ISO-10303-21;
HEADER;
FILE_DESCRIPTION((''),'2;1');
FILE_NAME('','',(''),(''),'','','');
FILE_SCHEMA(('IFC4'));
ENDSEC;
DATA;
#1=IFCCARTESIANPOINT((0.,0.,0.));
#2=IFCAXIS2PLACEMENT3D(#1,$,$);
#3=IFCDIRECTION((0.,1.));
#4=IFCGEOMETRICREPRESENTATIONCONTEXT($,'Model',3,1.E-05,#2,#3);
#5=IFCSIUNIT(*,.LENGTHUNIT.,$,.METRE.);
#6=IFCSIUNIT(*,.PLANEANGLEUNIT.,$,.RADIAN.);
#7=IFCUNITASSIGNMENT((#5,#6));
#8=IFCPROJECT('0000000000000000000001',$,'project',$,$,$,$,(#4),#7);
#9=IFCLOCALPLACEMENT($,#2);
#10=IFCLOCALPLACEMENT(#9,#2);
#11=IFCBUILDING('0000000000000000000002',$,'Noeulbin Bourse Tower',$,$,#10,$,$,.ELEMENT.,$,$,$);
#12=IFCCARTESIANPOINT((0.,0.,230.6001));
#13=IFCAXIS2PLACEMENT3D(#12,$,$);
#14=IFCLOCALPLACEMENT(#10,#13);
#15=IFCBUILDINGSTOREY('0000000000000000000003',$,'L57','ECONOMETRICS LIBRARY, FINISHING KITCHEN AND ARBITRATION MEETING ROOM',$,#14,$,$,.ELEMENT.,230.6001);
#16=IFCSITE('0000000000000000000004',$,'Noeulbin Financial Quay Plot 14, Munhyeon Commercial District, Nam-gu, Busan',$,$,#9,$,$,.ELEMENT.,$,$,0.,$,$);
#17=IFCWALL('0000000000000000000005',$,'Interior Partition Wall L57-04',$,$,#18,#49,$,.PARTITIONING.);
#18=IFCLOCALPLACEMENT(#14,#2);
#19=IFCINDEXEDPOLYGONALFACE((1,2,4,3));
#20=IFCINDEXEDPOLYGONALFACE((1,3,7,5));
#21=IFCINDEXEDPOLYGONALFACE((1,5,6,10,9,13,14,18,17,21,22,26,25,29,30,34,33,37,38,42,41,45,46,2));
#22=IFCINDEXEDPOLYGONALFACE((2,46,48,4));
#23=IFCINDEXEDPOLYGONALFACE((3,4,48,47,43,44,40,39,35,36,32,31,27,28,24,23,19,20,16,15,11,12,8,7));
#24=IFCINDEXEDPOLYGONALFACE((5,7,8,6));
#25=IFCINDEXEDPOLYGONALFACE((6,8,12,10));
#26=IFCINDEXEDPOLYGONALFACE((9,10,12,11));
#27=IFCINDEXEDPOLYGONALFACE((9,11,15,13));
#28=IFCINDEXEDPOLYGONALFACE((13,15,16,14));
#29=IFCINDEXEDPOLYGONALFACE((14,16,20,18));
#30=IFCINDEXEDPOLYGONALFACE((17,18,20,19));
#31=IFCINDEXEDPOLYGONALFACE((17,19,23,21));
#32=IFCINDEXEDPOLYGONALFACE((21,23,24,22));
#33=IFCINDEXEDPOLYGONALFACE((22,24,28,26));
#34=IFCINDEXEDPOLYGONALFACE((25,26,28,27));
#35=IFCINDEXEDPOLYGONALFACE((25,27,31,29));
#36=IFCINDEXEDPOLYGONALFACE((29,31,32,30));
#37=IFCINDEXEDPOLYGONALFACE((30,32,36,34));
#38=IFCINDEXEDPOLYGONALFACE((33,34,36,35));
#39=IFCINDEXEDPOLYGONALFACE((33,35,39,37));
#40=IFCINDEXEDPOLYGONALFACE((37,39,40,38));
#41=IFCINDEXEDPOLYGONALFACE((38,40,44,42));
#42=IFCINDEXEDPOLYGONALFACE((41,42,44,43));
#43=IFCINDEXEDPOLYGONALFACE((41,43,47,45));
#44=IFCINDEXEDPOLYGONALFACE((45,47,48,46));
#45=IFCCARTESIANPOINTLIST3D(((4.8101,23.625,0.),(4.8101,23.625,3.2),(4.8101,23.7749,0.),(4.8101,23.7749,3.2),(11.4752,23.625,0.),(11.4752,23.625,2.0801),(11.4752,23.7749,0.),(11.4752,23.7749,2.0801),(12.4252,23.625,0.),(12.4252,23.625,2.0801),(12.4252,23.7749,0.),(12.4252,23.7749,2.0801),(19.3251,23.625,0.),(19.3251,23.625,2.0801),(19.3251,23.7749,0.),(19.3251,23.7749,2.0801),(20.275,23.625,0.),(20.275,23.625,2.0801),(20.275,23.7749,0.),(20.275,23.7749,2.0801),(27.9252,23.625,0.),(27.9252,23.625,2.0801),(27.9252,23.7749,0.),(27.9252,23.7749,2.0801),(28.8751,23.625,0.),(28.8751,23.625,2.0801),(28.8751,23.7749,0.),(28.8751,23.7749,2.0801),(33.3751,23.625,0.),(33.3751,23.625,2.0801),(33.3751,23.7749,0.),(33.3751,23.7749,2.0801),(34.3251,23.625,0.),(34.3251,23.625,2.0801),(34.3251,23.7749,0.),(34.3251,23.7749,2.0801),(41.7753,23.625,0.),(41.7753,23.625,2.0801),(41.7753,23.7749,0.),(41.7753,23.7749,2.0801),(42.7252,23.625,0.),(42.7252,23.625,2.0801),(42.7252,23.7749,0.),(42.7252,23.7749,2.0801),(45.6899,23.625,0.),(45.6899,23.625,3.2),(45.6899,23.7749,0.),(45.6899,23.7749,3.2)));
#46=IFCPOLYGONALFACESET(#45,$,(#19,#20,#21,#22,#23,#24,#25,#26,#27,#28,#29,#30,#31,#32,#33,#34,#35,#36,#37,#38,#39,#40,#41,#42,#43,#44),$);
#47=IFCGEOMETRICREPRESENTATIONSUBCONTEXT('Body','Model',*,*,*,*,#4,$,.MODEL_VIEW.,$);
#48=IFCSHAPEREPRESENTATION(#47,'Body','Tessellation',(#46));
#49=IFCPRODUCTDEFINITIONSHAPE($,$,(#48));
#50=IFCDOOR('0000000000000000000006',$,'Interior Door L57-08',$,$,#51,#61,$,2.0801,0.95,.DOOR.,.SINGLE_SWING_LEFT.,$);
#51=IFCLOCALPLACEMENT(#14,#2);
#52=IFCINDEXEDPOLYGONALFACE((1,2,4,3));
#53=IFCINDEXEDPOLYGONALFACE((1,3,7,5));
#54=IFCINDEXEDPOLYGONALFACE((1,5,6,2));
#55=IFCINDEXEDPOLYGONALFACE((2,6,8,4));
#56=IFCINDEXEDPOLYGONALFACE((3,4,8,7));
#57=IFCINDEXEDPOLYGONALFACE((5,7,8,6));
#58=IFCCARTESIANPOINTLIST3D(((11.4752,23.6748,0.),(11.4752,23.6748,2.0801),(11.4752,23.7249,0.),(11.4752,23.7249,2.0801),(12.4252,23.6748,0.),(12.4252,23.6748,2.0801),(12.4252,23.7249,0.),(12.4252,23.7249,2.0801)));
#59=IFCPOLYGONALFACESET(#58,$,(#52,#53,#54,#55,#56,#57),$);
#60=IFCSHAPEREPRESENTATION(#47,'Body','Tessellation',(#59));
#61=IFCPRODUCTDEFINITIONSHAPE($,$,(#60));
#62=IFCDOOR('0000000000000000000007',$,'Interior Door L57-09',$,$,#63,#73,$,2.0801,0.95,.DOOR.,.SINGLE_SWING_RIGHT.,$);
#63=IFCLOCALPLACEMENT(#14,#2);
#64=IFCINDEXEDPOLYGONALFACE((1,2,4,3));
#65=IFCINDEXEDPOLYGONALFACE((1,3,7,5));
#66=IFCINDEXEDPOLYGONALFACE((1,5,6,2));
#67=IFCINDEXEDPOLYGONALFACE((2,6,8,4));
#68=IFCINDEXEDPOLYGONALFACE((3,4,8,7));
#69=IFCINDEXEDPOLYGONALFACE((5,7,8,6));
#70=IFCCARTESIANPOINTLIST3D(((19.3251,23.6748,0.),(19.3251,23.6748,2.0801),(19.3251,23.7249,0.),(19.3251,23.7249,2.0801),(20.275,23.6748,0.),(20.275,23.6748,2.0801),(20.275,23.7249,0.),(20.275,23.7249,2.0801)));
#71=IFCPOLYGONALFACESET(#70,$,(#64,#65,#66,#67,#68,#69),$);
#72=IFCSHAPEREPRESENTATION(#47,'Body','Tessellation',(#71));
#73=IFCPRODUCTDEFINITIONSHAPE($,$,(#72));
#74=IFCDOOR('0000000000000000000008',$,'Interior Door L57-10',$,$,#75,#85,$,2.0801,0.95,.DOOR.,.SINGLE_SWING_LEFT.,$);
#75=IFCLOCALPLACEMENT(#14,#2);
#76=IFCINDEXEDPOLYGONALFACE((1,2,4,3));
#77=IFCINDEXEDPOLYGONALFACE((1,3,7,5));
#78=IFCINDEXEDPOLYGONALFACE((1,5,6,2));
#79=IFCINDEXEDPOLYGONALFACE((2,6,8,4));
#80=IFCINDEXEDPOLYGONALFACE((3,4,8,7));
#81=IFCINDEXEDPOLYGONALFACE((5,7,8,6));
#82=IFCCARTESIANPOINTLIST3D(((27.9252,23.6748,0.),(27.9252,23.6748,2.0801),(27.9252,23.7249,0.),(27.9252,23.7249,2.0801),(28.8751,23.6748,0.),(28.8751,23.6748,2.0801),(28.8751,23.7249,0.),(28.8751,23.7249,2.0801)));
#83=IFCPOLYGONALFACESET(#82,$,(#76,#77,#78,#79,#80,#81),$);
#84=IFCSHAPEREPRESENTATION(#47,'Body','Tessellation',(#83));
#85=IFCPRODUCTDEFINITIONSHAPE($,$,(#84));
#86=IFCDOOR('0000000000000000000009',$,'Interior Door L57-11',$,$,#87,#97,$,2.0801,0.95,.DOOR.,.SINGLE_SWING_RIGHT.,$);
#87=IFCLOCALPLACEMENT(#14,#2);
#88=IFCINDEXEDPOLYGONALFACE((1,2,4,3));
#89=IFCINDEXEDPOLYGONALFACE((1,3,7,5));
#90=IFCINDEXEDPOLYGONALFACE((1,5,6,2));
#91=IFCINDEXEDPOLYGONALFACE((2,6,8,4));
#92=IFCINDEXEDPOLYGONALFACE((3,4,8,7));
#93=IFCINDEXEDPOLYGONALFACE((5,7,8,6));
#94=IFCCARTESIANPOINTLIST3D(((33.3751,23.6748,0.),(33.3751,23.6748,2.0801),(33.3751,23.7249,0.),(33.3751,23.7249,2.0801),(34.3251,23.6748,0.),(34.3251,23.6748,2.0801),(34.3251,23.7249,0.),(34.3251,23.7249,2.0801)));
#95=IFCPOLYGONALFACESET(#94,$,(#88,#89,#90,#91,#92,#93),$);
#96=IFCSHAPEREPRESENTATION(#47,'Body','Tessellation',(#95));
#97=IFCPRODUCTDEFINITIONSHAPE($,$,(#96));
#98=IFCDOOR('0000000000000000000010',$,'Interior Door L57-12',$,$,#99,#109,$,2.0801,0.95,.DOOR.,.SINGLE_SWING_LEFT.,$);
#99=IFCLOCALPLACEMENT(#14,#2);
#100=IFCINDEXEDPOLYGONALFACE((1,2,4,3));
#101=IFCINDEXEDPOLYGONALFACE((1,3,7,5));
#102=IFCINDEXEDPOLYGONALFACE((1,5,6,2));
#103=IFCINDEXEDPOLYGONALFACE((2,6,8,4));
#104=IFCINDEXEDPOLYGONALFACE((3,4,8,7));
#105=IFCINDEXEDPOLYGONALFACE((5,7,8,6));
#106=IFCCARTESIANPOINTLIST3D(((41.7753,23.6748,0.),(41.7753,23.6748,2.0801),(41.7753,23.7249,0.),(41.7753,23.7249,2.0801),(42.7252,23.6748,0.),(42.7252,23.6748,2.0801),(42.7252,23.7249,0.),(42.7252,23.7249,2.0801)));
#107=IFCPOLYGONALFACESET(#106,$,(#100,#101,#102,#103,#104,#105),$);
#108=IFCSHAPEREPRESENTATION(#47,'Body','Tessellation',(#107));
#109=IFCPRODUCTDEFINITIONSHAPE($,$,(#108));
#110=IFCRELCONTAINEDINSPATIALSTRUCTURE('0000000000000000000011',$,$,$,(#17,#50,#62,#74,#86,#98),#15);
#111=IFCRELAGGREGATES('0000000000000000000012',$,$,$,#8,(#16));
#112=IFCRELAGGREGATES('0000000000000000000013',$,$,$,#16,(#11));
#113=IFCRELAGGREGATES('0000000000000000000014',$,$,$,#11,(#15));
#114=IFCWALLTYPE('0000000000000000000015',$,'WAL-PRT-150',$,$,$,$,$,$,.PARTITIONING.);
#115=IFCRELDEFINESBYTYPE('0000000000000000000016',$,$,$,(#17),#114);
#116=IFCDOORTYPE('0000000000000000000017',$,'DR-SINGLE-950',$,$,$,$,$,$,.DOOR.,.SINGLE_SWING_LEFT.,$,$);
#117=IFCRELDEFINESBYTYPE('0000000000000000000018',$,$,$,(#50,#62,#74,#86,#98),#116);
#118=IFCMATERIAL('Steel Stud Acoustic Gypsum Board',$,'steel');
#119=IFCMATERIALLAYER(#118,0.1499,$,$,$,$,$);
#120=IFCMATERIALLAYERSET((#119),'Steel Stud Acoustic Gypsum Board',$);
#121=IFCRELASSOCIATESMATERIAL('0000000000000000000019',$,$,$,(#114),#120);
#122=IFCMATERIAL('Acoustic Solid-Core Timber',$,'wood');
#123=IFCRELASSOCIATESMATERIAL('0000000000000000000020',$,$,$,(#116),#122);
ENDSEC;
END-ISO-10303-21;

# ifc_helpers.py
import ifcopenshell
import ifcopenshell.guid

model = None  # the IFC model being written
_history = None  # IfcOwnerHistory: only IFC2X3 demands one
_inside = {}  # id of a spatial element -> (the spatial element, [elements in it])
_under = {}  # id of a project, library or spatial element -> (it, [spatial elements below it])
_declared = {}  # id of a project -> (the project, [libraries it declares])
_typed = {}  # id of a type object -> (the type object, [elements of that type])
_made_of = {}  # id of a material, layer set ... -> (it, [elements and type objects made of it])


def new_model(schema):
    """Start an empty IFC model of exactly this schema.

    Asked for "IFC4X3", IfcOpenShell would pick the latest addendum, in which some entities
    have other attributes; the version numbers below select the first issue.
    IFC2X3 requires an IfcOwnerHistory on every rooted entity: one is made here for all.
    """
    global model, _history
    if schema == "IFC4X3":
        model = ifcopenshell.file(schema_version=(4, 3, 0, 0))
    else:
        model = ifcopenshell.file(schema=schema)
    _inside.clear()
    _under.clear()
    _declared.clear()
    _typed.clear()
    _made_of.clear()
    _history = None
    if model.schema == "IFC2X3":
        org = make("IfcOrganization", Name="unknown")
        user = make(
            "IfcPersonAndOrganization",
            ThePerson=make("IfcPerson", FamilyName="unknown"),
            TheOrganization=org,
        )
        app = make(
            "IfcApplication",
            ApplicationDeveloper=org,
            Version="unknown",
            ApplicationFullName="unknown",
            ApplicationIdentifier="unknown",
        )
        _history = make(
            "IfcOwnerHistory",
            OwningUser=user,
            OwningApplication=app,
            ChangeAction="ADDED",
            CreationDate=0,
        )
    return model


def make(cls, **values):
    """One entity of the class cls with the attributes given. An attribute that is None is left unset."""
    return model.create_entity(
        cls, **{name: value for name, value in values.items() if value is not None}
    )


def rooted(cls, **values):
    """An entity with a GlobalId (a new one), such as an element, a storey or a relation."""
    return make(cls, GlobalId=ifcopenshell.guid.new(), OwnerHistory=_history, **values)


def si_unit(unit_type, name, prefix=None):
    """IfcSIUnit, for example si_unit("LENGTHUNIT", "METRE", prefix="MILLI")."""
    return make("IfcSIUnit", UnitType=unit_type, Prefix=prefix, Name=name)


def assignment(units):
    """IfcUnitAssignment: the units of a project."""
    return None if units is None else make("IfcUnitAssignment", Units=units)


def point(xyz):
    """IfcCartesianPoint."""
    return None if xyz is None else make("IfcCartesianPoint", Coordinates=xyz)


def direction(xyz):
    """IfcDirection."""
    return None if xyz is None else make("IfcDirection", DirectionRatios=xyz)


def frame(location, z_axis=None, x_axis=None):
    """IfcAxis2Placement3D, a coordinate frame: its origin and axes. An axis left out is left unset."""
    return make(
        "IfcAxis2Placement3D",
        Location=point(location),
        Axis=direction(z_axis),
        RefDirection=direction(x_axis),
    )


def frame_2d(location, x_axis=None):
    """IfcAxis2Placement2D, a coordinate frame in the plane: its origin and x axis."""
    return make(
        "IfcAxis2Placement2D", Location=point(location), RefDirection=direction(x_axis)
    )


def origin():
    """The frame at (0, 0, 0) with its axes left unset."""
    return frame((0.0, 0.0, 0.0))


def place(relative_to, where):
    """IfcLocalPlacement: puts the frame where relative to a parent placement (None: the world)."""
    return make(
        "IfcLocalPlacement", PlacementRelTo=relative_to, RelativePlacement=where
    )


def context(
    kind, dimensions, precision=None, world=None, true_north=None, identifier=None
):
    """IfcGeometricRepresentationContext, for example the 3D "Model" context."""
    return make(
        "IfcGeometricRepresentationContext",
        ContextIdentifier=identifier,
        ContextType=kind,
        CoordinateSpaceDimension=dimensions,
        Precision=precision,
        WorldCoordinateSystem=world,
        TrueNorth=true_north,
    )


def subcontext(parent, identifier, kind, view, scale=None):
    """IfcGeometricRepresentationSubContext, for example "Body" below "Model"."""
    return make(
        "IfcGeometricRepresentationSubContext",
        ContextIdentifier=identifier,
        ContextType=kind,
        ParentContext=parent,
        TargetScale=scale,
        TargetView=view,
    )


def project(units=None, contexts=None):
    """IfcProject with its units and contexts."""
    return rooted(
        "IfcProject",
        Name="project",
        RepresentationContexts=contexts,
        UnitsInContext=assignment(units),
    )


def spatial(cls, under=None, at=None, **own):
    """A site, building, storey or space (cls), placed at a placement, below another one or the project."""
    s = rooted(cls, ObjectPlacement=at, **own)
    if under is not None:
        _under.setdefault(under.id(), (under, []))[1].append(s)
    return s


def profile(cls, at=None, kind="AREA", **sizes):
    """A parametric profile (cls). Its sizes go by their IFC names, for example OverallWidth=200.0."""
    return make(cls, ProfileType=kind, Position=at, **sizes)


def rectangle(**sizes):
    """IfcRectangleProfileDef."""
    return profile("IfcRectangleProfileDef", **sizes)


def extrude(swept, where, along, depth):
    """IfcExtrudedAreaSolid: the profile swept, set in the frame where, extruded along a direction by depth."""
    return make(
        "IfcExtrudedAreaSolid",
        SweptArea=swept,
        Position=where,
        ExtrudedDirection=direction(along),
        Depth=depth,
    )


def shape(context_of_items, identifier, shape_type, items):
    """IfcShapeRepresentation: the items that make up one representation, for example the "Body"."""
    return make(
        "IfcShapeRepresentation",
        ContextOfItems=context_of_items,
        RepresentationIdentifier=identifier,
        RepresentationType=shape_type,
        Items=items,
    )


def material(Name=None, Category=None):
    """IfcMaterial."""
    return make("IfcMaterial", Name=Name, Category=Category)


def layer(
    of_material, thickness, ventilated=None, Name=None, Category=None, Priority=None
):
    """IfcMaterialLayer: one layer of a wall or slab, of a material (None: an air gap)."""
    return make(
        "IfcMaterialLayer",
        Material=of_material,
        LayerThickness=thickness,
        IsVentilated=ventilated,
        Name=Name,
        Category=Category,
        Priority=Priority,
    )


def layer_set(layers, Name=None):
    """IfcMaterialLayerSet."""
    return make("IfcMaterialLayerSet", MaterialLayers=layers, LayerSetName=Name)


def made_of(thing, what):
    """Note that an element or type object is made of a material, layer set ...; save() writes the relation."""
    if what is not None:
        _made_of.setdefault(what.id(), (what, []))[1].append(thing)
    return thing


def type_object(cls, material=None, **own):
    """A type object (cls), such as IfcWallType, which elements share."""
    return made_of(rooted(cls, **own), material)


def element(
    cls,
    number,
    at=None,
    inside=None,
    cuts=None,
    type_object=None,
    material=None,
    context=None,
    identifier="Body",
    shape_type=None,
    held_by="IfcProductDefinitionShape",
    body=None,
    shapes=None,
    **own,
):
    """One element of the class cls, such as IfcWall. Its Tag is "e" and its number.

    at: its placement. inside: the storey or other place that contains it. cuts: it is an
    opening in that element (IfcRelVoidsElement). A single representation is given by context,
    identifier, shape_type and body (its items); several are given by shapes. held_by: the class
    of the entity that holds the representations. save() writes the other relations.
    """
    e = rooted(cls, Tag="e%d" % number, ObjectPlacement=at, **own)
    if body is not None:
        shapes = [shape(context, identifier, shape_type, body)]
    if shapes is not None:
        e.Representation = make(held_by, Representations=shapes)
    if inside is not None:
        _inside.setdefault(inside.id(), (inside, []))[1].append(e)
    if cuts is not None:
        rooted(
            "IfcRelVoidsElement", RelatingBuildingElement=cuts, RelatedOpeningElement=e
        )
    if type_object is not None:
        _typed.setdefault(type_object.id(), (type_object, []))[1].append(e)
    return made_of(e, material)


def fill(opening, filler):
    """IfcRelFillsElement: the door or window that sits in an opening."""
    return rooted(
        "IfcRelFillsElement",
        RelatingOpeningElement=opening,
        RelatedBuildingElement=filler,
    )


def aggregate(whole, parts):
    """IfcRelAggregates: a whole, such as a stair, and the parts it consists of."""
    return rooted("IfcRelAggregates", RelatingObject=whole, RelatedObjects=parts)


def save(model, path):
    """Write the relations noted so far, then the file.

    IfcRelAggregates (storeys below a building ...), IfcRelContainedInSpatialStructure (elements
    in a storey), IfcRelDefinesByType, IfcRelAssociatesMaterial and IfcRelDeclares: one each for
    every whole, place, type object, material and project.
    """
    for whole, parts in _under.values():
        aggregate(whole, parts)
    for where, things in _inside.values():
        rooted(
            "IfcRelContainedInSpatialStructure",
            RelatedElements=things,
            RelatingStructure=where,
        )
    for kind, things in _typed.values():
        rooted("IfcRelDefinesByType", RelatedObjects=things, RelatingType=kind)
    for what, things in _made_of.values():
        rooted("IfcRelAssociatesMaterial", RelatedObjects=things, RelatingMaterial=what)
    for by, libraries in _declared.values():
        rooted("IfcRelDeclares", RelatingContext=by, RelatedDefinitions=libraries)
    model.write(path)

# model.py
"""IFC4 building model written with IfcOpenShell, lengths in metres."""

from ifc_helpers import new_model, si_unit, direction, frame, frame_2d, origin, place, context, subcontext, project, spatial, rectangle, extrude, material, layer, layer_set, type_object, element, fill, save


model = new_model("IFC4")

# Units and contexts
model_context = context("Model", 3, precision=1e-05, world=origin(), true_north=direction((0.0, 1.0)))
body_context = subcontext(model_context, "Body", "Model", "MODEL_VIEW")
ifc_project = project(units=[si_unit("LENGTHUNIT", "METRE"), si_unit("PLANEANGLEUNIT", "RADIAN")], contexts=[model_context])

# Site, building, storey
site_placement = place(None, origin())
site = spatial("IfcSite", under=ifc_project, at=site_placement, Name="Noeulbin Financial Quay Plot 14, Munhyeon Commercial District, Nam-gu, Busan", CompositionType="ELEMENT", RefElevation=0.0)
building_placement = place(site_placement, origin())
building = spatial("IfcBuilding", under=site, at=building_placement, Name="Noeulbin Bourse Tower", CompositionType="ELEMENT")
storey_placement = place(building_placement, frame((0.0, 0.0, 230.6001)))
storey = spatial("IfcBuildingStorey", under=building, at=storey_placement, Name="L57", Description="ECONOMETRICS LIBRARY, FINISHING KITCHEN AND ARBITRATION MEETING ROOM", CompositionType="ELEMENT", Elevation=230.6001)

# Wall, openings, doors
ifc_material_1 = material(Name="Steel Stud Acoustic Gypsum Board", Category="steel")
ifc_layer_1 = layer(ifc_material_1, 0.1499)
ifc_layer_set_1 = layer_set([ifc_layer_1], Name="Steel Stud Acoustic Gypsum Board")
wall_type_1 = type_object("IfcWallType", Name="WAL-PRT-150", PredefinedType="PARTITIONING", material=ifc_layer_set_1)
wall_1_placement = place(storey_placement, frame((4.8101, 23.7, 0.0), z_axis=(0.0, 0.0, 1.0), x_axis=(1.0, 0.0, 0.0)))
wall_1 = element("IfcWall", 1, at=wall_1_placement, inside=storey, type_object=wall_type_1, Name="Interior Partition Wall L57-04", PredefinedType="PARTITIONING", context=body_context, shape_type="SweptSolid", body=[
    extrude(rectangle(XDim=40.8799, YDim=0.1499, at=frame_2d((20.4399, 0.0))), origin(), (0.0, 0.0, 1.0), 3.2),
])
opening_1_placement = place(wall_1_placement, frame((6.665, 0.0, 0.0)))
opening_1 = element("IfcOpeningElement", 2, at=opening_1_placement, cuts=wall_1, PredefinedType="OPENING", context=body_context, shape_type="SweptSolid", body=[
    extrude(rectangle(XDim=0.95, YDim=2.0801, at=frame_2d((0.4751, 1.04))), frame((0.0, 0.085, 0.0), z_axis=(0.0, -1.0, 0.0), x_axis=(1.0, 0.0, 0.0)), (0.0, 0.0, 1.0), 0.1699),
])
opening_2_placement = place(wall_1_placement, frame((14.5149, 0.0, 0.0)))
opening_2 = element("IfcOpeningElement", 3, at=opening_2_placement, cuts=wall_1, PredefinedType="OPENING", context=body_context, shape_type="SweptSolid", body=[
    extrude(rectangle(XDim=0.95, YDim=2.0801, at=frame_2d((0.4751, 1.04))), frame((0.0, 0.085, 0.0), z_axis=(0.0, -1.0, 0.0), x_axis=(1.0, 0.0, 0.0)), (0.0, 0.0, 1.0), 0.1699),
])
opening_3_placement = place(wall_1_placement, frame((23.115, 0.0, 0.0)))
opening_3 = element("IfcOpeningElement", 4, at=opening_3_placement, cuts=wall_1, PredefinedType="OPENING", context=body_context, shape_type="SweptSolid", body=[
    extrude(rectangle(XDim=0.95, YDim=2.0801, at=frame_2d((0.4751, 1.04))), frame((0.0, 0.085, 0.0), z_axis=(0.0, -1.0, 0.0), x_axis=(1.0, 0.0, 0.0)), (0.0, 0.0, 1.0), 0.1699),
])
opening_4_placement = place(wall_1_placement, frame((28.5649, 0.0, 0.0)))
opening_4 = element("IfcOpeningElement", 5, at=opening_4_placement, cuts=wall_1, PredefinedType="OPENING", context=body_context, shape_type="SweptSolid", body=[
    extrude(rectangle(XDim=0.95, YDim=2.0801, at=frame_2d((0.4751, 1.04))), frame((0.0, 0.085, 0.0), z_axis=(0.0, -1.0, 0.0), x_axis=(1.0, 0.0, 0.0)), (0.0, 0.0, 1.0), 0.1699),
])
opening_5_placement = place(wall_1_placement, frame((36.9651, 0.0, 0.0)))
opening_5 = element("IfcOpeningElement", 6, at=opening_5_placement, cuts=wall_1, PredefinedType="OPENING", context=body_context, shape_type="SweptSolid", body=[
    extrude(rectangle(XDim=0.95, YDim=2.0801, at=frame_2d((0.4751, 1.04))), frame((0.0, 0.085, 0.0), z_axis=(0.0, -1.0, 0.0), x_axis=(1.0, 0.0, 0.0)), (0.0, 0.0, 1.0), 0.1699),
])
ifc_material_2 = material(Name="Acoustic Solid-Core Timber", Category="wood")
door_type = type_object("IfcDoorType", Name="DR-SINGLE-950", OperationType="SINGLE_SWING_LEFT", PredefinedType="DOOR", material=ifc_material_2)
door_1_placement = place(opening_1_placement, origin())
door_1 = element("IfcDoor", 7, at=door_1_placement, inside=storey, type_object=door_type, Name="Interior Door L57-08", OperationType="SINGLE_SWING_LEFT", OverallHeight=2.0801, OverallWidth=0.95, PredefinedType="DOOR", context=body_context, shape_type="SweptSolid", body=[
    extrude(rectangle(XDim=0.95, YDim=2.0801, at=frame_2d((0.4751, 1.04))), frame((0.0, 0.0249, 0.0), z_axis=(0.0, -1.0, 0.0), x_axis=(1.0, 0.0, 0.0)), (0.0, 0.0, 1.0), 0.05),
])
fill(opening_1, door_1)
door_2_placement = place(opening_2_placement, origin())
door_2 = element("IfcDoor", 8, at=door_2_placement, inside=storey, type_object=door_type, Name="Interior Door L57-09", OperationType="SINGLE_SWING_RIGHT", OverallHeight=2.0801, OverallWidth=0.95, PredefinedType="DOOR", context=body_context, shape_type="SweptSolid", body=[
    extrude(rectangle(XDim=0.95, YDim=2.0801, at=frame_2d((0.4751, 1.04))), frame((0.0, 0.0249, 0.0), z_axis=(0.0, -1.0, 0.0), x_axis=(1.0, 0.0, 0.0)), (0.0, 0.0, 1.0), 0.05),
])
fill(opening_2, door_2)
door_3_placement = place(opening_3_placement, origin())
door_3 = element("IfcDoor", 9, at=door_3_placement, inside=storey, type_object=door_type, Name="Interior Door L57-10", OperationType="SINGLE_SWING_LEFT", OverallHeight=2.0801, OverallWidth=0.95, PredefinedType="DOOR", context=body_context, shape_type="SweptSolid", body=[
    extrude(rectangle(XDim=0.95, YDim=2.0801, at=frame_2d((0.4751, 1.04))), frame((0.0, 0.0249, 0.0), z_axis=(0.0, -1.0, 0.0), x_axis=(1.0, 0.0, 0.0)), (0.0, 0.0, 1.0), 0.05),
])
fill(opening_3, door_3)
door_4_placement = place(opening_4_placement, origin())
door_4 = element("IfcDoor", 10, at=door_4_placement, inside=storey, type_object=door_type, Name="Interior Door L57-11", OperationType="SINGLE_SWING_RIGHT", OverallHeight=2.0801, OverallWidth=0.95, PredefinedType="DOOR", context=body_context, shape_type="SweptSolid", body=[
    extrude(rectangle(XDim=0.95, YDim=2.0801, at=frame_2d((0.4751, 1.04))), frame((0.0, 0.0249, 0.0), z_axis=(0.0, -1.0, 0.0), x_axis=(1.0, 0.0, 0.0)), (0.0, 0.0, 1.0), 0.05),
])
fill(opening_4, door_4)
door_5_placement = place(opening_5_placement, origin())
door_5 = element("IfcDoor", 11, at=door_5_placement, inside=storey, type_object=door_type, Name="Interior Door L57-12", OperationType="SINGLE_SWING_LEFT", OverallHeight=2.0801, OverallWidth=0.95, PredefinedType="DOOR", context=body_context, shape_type="SweptSolid", body=[
    extrude(rectangle(XDim=0.95, YDim=2.0801, at=frame_2d((0.4751, 1.04))), frame((0.0, 0.0249, 0.0), z_axis=(0.0, -1.0, 0.0), x_axis=(1.0, 0.0, 0.0)), (0.0, 0.0, 1.0), 0.05),
])
fill(opening_5, door_5)

save(model, "model.ifc")
